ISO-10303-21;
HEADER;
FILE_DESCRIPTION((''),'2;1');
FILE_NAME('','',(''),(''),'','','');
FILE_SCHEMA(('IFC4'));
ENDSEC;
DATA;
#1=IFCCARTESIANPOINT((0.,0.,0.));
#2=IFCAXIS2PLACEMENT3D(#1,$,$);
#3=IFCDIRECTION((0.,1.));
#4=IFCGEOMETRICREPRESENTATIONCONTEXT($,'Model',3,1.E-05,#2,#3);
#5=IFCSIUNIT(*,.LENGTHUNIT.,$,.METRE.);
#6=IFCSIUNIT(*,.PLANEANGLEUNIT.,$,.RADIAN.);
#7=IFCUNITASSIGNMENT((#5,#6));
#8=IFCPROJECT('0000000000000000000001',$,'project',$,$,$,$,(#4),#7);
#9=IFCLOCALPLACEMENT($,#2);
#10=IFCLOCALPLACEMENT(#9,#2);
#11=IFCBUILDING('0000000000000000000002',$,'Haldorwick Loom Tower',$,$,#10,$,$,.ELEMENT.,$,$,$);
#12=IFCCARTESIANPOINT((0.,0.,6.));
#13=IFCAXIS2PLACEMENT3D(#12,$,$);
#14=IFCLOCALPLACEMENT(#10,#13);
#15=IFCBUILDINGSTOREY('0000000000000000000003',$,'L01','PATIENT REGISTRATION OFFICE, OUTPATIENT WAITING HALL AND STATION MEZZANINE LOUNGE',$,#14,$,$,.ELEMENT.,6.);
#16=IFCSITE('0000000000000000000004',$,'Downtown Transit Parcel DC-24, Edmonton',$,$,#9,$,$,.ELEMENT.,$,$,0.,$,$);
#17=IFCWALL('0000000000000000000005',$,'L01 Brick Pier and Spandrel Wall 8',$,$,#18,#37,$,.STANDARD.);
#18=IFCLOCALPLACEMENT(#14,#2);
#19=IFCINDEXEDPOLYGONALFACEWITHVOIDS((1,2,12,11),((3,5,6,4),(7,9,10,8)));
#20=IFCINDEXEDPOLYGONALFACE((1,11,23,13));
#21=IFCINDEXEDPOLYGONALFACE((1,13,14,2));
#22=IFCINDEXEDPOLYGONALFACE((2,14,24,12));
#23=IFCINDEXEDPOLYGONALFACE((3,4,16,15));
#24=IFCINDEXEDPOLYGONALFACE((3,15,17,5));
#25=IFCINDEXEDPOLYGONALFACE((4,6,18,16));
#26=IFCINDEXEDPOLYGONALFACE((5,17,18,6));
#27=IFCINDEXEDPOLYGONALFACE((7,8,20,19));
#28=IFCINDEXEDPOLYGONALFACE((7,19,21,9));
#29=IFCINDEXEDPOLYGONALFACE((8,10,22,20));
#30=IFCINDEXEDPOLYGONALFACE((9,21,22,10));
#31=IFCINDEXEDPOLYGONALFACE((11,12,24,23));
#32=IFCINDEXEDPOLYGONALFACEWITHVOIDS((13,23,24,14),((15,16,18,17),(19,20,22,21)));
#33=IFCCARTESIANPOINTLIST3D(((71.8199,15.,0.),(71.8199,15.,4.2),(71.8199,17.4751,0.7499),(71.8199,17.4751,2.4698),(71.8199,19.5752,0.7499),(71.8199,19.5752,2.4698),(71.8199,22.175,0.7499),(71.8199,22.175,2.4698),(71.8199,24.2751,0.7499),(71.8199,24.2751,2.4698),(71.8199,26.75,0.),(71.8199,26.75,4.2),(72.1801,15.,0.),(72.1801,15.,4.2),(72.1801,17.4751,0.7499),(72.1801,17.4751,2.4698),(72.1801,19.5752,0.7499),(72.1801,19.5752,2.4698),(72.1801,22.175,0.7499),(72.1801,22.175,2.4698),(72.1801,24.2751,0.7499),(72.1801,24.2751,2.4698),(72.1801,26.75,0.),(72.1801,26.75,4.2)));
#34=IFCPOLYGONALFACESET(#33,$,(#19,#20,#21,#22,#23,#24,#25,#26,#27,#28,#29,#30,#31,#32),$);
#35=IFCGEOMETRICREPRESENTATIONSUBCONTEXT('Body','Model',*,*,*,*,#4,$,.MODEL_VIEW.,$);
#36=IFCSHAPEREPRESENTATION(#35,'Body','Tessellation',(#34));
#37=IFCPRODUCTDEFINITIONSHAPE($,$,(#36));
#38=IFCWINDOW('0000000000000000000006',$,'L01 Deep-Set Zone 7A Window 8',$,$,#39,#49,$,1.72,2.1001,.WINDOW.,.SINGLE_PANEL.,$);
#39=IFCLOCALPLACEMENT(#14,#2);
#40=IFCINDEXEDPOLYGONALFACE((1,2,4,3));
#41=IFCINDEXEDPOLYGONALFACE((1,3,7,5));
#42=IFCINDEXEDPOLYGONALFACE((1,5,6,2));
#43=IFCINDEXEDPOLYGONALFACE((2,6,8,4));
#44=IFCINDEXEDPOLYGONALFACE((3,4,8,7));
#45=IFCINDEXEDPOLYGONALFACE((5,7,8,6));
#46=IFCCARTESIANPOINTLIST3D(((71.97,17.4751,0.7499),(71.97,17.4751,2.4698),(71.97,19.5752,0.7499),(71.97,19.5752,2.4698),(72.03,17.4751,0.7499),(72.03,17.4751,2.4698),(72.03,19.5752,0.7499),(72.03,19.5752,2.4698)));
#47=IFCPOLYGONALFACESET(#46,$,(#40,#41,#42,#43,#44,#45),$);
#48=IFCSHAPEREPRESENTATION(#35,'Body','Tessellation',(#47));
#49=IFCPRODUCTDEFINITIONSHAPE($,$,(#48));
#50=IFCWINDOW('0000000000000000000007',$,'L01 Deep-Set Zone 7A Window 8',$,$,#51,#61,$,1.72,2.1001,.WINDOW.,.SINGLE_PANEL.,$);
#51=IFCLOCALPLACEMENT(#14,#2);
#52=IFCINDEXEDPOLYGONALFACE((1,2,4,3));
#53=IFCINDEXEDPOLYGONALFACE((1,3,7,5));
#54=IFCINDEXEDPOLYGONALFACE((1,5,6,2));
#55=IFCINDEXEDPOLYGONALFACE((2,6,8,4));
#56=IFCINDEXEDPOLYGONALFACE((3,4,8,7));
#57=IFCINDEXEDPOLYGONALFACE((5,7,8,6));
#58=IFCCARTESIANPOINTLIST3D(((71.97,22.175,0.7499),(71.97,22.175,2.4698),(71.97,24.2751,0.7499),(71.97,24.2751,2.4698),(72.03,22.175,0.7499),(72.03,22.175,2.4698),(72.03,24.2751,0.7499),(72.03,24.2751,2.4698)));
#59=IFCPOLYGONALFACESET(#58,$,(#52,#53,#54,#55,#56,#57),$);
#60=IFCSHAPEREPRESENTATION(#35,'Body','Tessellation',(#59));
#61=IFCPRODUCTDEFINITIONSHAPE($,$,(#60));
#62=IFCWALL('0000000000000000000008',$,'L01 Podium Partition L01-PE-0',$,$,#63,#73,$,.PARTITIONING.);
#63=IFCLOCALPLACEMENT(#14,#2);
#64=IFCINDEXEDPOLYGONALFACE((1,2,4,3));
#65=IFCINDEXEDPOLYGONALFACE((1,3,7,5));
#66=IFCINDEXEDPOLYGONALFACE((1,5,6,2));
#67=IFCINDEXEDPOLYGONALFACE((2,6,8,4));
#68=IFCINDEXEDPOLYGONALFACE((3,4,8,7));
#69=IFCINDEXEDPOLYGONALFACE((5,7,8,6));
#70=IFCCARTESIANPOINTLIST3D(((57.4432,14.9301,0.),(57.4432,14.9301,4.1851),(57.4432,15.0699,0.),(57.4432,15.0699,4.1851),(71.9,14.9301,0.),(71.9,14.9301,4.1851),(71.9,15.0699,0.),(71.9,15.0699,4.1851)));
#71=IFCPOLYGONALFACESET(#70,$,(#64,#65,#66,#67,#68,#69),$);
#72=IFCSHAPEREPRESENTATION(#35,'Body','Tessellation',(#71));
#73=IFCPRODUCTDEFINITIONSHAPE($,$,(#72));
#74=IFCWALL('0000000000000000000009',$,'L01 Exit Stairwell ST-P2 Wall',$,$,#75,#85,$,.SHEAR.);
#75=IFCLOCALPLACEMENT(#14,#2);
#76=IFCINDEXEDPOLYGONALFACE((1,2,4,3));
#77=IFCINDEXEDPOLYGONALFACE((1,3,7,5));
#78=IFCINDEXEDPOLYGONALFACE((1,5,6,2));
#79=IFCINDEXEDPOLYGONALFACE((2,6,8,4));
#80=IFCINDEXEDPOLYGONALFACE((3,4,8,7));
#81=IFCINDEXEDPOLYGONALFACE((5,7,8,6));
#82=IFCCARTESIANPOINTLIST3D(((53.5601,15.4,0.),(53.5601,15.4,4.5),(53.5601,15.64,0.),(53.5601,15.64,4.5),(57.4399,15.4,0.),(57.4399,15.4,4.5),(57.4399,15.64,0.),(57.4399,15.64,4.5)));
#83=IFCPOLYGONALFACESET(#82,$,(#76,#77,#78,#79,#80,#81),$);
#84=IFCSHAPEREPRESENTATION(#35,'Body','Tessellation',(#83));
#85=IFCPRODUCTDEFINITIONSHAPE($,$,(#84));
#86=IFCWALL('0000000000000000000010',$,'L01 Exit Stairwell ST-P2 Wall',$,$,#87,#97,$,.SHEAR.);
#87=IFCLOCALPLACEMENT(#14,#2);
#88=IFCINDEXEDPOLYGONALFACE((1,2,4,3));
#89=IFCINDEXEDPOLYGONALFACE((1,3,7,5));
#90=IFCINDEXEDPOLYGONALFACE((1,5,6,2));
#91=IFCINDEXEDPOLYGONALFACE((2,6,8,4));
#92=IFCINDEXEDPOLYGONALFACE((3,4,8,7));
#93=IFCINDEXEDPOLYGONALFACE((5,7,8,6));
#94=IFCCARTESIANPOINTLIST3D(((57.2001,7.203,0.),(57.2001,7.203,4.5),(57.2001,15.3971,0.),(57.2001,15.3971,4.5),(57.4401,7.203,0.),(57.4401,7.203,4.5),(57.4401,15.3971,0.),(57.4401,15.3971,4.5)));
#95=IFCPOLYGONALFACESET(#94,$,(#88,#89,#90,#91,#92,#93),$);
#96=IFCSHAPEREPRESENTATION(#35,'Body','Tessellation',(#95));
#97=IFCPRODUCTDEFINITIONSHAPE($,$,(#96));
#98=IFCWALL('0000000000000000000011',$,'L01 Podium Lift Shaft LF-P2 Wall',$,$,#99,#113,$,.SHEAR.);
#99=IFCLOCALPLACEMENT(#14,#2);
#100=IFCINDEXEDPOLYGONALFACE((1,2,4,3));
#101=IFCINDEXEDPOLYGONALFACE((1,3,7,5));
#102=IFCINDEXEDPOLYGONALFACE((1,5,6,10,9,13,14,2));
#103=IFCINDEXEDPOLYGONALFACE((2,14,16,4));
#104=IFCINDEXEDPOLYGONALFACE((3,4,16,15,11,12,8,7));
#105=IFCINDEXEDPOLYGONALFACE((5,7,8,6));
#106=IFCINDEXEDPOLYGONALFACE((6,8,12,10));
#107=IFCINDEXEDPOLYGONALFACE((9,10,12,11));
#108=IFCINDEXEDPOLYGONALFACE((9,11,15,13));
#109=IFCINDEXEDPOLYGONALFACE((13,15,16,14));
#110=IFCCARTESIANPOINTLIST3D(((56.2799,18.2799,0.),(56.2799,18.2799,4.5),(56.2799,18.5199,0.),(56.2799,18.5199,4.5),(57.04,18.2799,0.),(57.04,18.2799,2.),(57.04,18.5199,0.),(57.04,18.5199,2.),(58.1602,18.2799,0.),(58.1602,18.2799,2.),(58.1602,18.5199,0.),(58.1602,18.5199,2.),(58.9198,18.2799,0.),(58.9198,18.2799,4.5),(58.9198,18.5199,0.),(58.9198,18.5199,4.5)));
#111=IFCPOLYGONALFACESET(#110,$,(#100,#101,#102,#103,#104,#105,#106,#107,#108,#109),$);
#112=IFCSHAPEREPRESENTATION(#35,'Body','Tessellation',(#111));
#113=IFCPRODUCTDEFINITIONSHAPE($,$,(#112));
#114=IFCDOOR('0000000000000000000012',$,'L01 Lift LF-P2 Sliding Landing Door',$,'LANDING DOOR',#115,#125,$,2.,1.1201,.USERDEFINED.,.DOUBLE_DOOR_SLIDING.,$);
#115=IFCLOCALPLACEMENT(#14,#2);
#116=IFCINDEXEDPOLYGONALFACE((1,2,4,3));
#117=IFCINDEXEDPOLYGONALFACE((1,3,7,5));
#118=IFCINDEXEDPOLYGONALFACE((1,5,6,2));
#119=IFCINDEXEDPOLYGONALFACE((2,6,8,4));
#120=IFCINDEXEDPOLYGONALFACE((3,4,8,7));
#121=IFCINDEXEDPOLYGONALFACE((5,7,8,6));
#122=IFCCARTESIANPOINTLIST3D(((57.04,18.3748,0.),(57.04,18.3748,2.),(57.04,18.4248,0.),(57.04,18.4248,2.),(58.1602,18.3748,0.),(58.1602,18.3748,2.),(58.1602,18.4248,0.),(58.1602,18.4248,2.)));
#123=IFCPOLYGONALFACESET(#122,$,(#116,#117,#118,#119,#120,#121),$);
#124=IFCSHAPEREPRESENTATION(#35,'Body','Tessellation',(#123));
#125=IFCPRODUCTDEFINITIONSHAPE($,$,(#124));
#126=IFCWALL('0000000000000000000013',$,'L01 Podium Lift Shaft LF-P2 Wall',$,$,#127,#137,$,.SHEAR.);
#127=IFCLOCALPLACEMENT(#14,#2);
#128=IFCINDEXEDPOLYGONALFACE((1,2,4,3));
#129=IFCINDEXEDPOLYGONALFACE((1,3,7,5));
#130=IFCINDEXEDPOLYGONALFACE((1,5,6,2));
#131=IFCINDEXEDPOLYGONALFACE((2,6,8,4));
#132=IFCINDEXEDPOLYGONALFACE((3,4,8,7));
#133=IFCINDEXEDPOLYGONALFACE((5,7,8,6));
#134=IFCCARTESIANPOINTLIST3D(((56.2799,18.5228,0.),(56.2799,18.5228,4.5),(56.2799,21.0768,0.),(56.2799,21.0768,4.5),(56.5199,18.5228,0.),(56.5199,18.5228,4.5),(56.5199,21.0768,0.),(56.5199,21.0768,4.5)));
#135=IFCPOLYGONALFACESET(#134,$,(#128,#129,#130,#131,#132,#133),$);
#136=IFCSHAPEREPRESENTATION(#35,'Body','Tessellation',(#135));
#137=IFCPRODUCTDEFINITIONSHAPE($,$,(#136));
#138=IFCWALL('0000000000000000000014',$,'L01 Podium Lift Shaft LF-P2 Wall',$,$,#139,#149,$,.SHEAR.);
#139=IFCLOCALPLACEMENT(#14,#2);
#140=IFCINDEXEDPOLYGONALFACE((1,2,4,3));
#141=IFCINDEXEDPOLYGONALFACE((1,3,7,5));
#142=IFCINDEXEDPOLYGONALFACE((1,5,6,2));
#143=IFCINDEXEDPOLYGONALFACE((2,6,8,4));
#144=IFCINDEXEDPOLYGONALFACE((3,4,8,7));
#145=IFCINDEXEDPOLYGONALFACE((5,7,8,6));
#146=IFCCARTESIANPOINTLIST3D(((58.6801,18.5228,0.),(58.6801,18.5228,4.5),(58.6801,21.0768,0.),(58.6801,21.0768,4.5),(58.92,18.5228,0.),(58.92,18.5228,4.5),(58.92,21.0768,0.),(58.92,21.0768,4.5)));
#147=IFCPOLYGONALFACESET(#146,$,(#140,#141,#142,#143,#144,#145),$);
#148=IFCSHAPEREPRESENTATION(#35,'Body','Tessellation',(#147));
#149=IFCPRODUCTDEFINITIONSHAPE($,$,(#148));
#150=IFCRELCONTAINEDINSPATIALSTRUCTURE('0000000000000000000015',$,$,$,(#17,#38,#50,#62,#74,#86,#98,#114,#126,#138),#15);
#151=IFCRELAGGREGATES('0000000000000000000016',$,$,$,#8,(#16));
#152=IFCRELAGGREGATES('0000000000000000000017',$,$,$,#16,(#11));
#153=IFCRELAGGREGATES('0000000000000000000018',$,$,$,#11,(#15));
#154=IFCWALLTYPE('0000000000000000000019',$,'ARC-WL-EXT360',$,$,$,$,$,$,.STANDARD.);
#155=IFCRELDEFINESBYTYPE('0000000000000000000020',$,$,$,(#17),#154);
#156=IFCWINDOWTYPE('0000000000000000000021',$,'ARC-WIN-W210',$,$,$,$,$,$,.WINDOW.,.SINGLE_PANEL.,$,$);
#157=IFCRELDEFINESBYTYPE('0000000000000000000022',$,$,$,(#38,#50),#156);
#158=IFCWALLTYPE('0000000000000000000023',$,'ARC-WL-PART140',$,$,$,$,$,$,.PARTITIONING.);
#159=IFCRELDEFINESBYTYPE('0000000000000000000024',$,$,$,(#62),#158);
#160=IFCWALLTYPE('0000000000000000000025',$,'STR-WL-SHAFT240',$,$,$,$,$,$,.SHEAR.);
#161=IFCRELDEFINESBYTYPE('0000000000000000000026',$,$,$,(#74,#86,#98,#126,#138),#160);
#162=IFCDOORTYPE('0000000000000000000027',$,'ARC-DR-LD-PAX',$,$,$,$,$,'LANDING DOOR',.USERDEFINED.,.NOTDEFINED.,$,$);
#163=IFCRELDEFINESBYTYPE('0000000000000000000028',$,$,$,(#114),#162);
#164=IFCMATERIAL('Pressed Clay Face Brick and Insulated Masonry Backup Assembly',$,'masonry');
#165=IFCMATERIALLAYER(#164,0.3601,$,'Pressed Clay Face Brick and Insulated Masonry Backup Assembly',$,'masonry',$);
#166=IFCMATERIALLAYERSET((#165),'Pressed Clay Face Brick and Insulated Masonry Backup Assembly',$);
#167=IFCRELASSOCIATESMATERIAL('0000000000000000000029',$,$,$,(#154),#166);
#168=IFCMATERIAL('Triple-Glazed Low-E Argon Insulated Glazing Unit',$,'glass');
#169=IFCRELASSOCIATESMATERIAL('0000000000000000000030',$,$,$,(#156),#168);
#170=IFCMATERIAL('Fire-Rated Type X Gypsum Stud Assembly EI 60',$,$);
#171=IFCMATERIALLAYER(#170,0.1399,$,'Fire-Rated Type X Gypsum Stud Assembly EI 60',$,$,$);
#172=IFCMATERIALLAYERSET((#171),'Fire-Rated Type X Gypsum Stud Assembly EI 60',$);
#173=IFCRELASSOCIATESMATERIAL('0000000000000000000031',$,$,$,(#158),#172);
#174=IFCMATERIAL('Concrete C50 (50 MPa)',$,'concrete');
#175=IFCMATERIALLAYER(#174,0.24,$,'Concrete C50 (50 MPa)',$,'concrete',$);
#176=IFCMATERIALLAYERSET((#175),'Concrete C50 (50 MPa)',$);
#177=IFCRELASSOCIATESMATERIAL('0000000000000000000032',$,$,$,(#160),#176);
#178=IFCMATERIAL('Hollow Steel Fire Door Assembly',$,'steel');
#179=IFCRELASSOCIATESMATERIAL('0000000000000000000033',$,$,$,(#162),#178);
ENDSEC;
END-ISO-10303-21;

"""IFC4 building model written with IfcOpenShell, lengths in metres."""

from ifc_helpers import new_model, si_unit, direction, frame, frame_2d, origin, place, context, subcontext, project, spatial, rectangle, extrude, material, layer, layer_set, type_object, element, fill, save


model = new_model("IFC4")

# Units and contexts
model_context = context("Model", 3, precision=1e-05, world=origin(), true_north=direction((0.0, 1.0)))
body_context = subcontext(model_context, "Body", "Model", "MODEL_VIEW")
ifc_project = project(units=[si_unit("LENGTHUNIT", "METRE"), si_unit("PLANEANGLEUNIT", "RADIAN")], contexts=[model_context])

# Site, building, storey
site_placement = place(None, origin())
site = spatial("IfcSite", under=ifc_project, at=site_placement, Name="Downtown Transit Parcel DC-24, Edmonton", CompositionType="ELEMENT", RefElevation=0.0)
building_placement = place(site_placement, origin())
building = spatial("IfcBuilding", under=site, at=building_placement, Name="Haldorwick Loom Tower", CompositionType="ELEMENT")
storey_placement = place(building_placement, frame((0.0, 0.0, 6.0)))
storey = spatial("IfcBuildingStorey", under=building, at=storey_placement, Name="L01", Description="PATIENT REGISTRATION OFFICE, OUTPATIENT WAITING HALL AND STATION MEZZANINE LOUNGE", CompositionType="ELEMENT", Elevation=6.0)

# Wall, openings, windows
ifc_material_1 = material(Name="Pressed Clay Face Brick and Insulated Masonry Backup Assembly", Category="masonry")
ifc_layer_1 = layer(ifc_material_1, 0.3601, Name="Pressed Clay Face Brick and Insulated Masonry Backup Assembly", Category="masonry")
ifc_layer_set_1 = layer_set([ifc_layer_1], Name="Pressed Clay Face Brick and Insulated Masonry Backup Assembly")
wall_type_1 = type_object("IfcWallType", Name="ARC-WL-EXT360", PredefinedType="STANDARD", material=ifc_layer_set_1)
wall_1_placement = place(storey_placement, frame((72.0, 15.0, 0.0), z_axis=(0.0, 0.0, 1.0), x_axis=(0.0, 1.0, 0.0)))
wall_1 = element("IfcWall", 1, at=wall_1_placement, inside=storey, type_object=wall_type_1, Name="L01 Brick Pier and Spandrel Wall 8", PredefinedType="STANDARD", context=body_context, shape_type="SweptSolid", body=[
    extrude(rectangle(XDim=11.75, YDim=0.3601, at=frame_2d((5.875, 0.0))), origin(), (0.0, 0.0, 1.0), 4.2),
])
opening_1_placement = place(wall_1_placement, frame((2.4751, 0.0, 0.75)))
opening_1 = element("IfcOpeningElement", 2, at=opening_1_placement, cuts=wall_1, PredefinedType="OPENING", context=body_context, shape_type="SweptSolid", body=[
    extrude(rectangle(XDim=2.1001, YDim=1.72, at=frame_2d((1.05, 0.8599))), frame((0.0, 0.1899, 0.0), z_axis=(0.0, -1.0, 0.0), x_axis=(1.0, 0.0, 0.0)), (0.0, 0.0, 1.0), 0.3801),
])
opening_2_placement = place(wall_1_placement, frame((7.175, 0.0, 0.75)))
opening_2 = element("IfcOpeningElement", 3, at=opening_2_placement, cuts=wall_1, PredefinedType="OPENING", context=body_context, shape_type="SweptSolid", body=[
    extrude(rectangle(XDim=2.1001, YDim=1.72, at=frame_2d((1.05, 0.8599))), frame((0.0, 0.1899, 0.0), z_axis=(0.0, -1.0, 0.0), x_axis=(1.0, 0.0, 0.0)), (0.0, 0.0, 1.0), 0.3801),
])
ifc_material_2 = material(Name="Triple-Glazed Low-E Argon Insulated Glazing Unit", Category="glass")
window_type = type_object("IfcWindowType", Name="ARC-WIN-W210", PartitioningType="SINGLE_PANEL", PredefinedType="WINDOW", material=ifc_material_2)
window_1_placement = place(opening_1_placement, origin())
window_1 = element("IfcWindow", 4, at=window_1_placement, inside=storey, type_object=window_type, Name="L01 Deep-Set Zone 7A Window 8", OverallHeight=1.72, OverallWidth=2.1001, PartitioningType="SINGLE_PANEL", PredefinedType="WINDOW", context=body_context, shape_type="SweptSolid", body=[
    extrude(rectangle(XDim=2.1001, YDim=1.72, at=frame_2d((1.05, 0.8599))), frame((0.0, 0.03, 0.0), z_axis=(0.0, -1.0, 0.0), x_axis=(1.0, 0.0, 0.0)), (0.0, 0.0, 1.0), 0.0601),
])
fill(opening_1, window_1)
window_2_placement = place(opening_2_placement, origin())
window_2 = element("IfcWindow", 5, at=window_2_placement, inside=storey, type_object=window_type, Name="L01 Deep-Set Zone 7A Window 8", OverallHeight=1.72, OverallWidth=2.1001, PartitioningType="SINGLE_PANEL", PredefinedType="WINDOW", context=body_context, shape_type="SweptSolid", body=[
    extrude(rectangle(XDim=2.1001, YDim=1.72, at=frame_2d((1.05, 0.8599))), frame((0.0, 0.03, 0.0), z_axis=(0.0, -1.0, 0.0), x_axis=(1.0, 0.0, 0.0)), (0.0, 0.0, 1.0), 0.0601),
])
fill(opening_2, window_2)

# Walls
ifc_material_3 = material(Name="Fire-Rated Type X Gypsum Stud Assembly EI 60")
ifc_layer_2 = layer(ifc_material_3, 0.1399, Name="Fire-Rated Type X Gypsum Stud Assembly EI 60")
ifc_layer_set_2 = layer_set([ifc_layer_2], Name="Fire-Rated Type X Gypsum Stud Assembly EI 60")
wall_type_2 = type_object("IfcWallType", Name="ARC-WL-PART140", PredefinedType="PARTITIONING", material=ifc_layer_set_2)
wall_2_placement = place(storey_placement, frame((57.4431, 15.0, 0.0), z_axis=(0.0, 0.0, 1.0), x_axis=(1.0, 0.0, 0.0)))
element("IfcWall", 6, at=wall_2_placement, inside=storey, type_object=wall_type_2, Name="L01 Podium Partition L01-PE-0", PredefinedType="PARTITIONING", context=body_context, shape_type="SweptSolid", body=[
    extrude(rectangle(XDim=14.4568, YDim=0.1399, at=frame_2d((7.2285, 0.0))), origin(), (0.0, 0.0, 1.0), 4.1851),
])
ifc_material_4 = material(Name="Concrete C50 (50 MPa)", Category="concrete")
ifc_layer_3 = layer(ifc_material_4, 0.24, Name="Concrete C50 (50 MPa)", Category="concrete")
ifc_layer_set_3 = layer_set([ifc_layer_3], Name="Concrete C50 (50 MPa)")
wall_type_3 = type_object("IfcWallType", Name="STR-WL-SHAFT240", PredefinedType="SHEAR", material=ifc_layer_set_3)
wall_3_placement = place(storey_placement, frame((57.4399, 15.52, 0.0), z_axis=(0.0, 0.0, 1.0), x_axis=(-1.0, 0.0, 0.0)))
element("IfcWall", 7, at=wall_3_placement, inside=storey, type_object=wall_type_3, Name="L01 Exit Stairwell ST-P2 Wall", PredefinedType="SHEAR", context=body_context, shape_type="SweptSolid", body=[
    extrude(rectangle(XDim=3.8799, YDim=0.24, at=frame_2d((1.9399, 0.0))), origin(), (0.0, 0.0, 1.0), 4.5),
])
wall_4_placement = place(storey_placement, frame((57.3201, 7.2029, 0.0), z_axis=(0.0, 0.0, 1.0), x_axis=(0.0, 1.0, 0.0)))
element("IfcWall", 8, at=wall_4_placement, inside=storey, type_object=wall_type_3, Name="L01 Exit Stairwell ST-P2 Wall", PredefinedType="SHEAR", context=body_context, shape_type="SweptSolid", body=[
    extrude(rectangle(XDim=8.1941, YDim=0.24, at=frame_2d((4.0972, 0.0))), origin(), (0.0, 0.0, 1.0), 4.5),
])

# Wall, opening, door
wall_5_placement = place(storey_placement, frame((56.28, 18.3999, 0.0), z_axis=(0.0, 0.0, 1.0), x_axis=(1.0, 0.0, 0.0)))
wall_5 = element("IfcWall", 9, at=wall_5_placement, inside=storey, type_object=wall_type_3, Name="L01 Podium Lift Shaft LF-P2 Wall", PredefinedType="SHEAR", context=body_context, shape_type="SweptSolid", body=[
    extrude(rectangle(XDim=2.6399, YDim=0.24, at=frame_2d((1.3198, 0.0))), origin(), (0.0, 0.0, 1.0), 4.5),
])
opening_3_placement = place(wall_5_placement, frame((0.76, 0.0, 0.0)))
opening_3 = element("IfcOpeningElement", 10, at=opening_3_placement, cuts=wall_5, PredefinedType="OPENING", context=body_context, shape_type="SweptSolid", body=[
    extrude(rectangle(XDim=1.1201, YDim=2.0, at=frame_2d((0.5601, 1.0))), frame((0.0, 0.1299, 0.0), z_axis=(0.0, -1.0, 0.0), x_axis=(1.0, 0.0, 0.0)), (0.0, 0.0, 1.0), 0.26),
])
ifc_material_5 = material(Name="Hollow Steel Fire Door Assembly", Category="steel")
door_type = type_object("IfcDoorType", Name="ARC-DR-LD-PAX", ElementType="LANDING DOOR", OperationType="NOTDEFINED", PredefinedType="USERDEFINED", material=ifc_material_5)
door_placement = place(opening_3_placement, origin())
door = element("IfcDoor", 11, at=door_placement, inside=storey, type_object=door_type, Name="L01 Lift LF-P2 Sliding Landing Door", ObjectType="LANDING DOOR", OperationType="DOUBLE_DOOR_SLIDING", OverallHeight=2.0, OverallWidth=1.1201, PredefinedType="USERDEFINED", context=body_context, shape_type="SweptSolid", body=[
    extrude(rectangle(XDim=1.1201, YDim=2.0, at=frame_2d((0.5601, 1.0))), frame((0.0, 0.0249, 0.0), z_axis=(0.0, -1.0, 0.0), x_axis=(1.0, 0.0, 0.0)), (0.0, 0.0, 1.0), 0.05),
])
fill(opening_3, door)

# Walls
for number, where, z_axis, x_axis, name in (
    (12, (56.3999, 18.5229, 0.0), (0.0, 0.0, 1.0), (0.0, 1.0, 0.0), "L01 Podium Lift Shaft LF-P2 Wall"),
    (13, (58.8, 18.5229, 0.0), (0.0, 0.0, 1.0), (0.0, 1.0, 0.0), "L01 Podium Lift Shaft LF-P2 Wall"),
):
    element("IfcWall", number, at=place(storey_placement, frame(where, z_axis=z_axis, x_axis=x_axis)), inside=storey, type_object=wall_type_3, Name=name, PredefinedType="SHEAR", context=body_context, shape_type="SweptSolid", body=[
        extrude(rectangle(XDim=2.554, YDim=0.24, at=frame_2d((1.2769, 0.0))), origin(), (0.0, 0.0, 1.0), 4.5),
    ])

save(model, "model.ifc")
